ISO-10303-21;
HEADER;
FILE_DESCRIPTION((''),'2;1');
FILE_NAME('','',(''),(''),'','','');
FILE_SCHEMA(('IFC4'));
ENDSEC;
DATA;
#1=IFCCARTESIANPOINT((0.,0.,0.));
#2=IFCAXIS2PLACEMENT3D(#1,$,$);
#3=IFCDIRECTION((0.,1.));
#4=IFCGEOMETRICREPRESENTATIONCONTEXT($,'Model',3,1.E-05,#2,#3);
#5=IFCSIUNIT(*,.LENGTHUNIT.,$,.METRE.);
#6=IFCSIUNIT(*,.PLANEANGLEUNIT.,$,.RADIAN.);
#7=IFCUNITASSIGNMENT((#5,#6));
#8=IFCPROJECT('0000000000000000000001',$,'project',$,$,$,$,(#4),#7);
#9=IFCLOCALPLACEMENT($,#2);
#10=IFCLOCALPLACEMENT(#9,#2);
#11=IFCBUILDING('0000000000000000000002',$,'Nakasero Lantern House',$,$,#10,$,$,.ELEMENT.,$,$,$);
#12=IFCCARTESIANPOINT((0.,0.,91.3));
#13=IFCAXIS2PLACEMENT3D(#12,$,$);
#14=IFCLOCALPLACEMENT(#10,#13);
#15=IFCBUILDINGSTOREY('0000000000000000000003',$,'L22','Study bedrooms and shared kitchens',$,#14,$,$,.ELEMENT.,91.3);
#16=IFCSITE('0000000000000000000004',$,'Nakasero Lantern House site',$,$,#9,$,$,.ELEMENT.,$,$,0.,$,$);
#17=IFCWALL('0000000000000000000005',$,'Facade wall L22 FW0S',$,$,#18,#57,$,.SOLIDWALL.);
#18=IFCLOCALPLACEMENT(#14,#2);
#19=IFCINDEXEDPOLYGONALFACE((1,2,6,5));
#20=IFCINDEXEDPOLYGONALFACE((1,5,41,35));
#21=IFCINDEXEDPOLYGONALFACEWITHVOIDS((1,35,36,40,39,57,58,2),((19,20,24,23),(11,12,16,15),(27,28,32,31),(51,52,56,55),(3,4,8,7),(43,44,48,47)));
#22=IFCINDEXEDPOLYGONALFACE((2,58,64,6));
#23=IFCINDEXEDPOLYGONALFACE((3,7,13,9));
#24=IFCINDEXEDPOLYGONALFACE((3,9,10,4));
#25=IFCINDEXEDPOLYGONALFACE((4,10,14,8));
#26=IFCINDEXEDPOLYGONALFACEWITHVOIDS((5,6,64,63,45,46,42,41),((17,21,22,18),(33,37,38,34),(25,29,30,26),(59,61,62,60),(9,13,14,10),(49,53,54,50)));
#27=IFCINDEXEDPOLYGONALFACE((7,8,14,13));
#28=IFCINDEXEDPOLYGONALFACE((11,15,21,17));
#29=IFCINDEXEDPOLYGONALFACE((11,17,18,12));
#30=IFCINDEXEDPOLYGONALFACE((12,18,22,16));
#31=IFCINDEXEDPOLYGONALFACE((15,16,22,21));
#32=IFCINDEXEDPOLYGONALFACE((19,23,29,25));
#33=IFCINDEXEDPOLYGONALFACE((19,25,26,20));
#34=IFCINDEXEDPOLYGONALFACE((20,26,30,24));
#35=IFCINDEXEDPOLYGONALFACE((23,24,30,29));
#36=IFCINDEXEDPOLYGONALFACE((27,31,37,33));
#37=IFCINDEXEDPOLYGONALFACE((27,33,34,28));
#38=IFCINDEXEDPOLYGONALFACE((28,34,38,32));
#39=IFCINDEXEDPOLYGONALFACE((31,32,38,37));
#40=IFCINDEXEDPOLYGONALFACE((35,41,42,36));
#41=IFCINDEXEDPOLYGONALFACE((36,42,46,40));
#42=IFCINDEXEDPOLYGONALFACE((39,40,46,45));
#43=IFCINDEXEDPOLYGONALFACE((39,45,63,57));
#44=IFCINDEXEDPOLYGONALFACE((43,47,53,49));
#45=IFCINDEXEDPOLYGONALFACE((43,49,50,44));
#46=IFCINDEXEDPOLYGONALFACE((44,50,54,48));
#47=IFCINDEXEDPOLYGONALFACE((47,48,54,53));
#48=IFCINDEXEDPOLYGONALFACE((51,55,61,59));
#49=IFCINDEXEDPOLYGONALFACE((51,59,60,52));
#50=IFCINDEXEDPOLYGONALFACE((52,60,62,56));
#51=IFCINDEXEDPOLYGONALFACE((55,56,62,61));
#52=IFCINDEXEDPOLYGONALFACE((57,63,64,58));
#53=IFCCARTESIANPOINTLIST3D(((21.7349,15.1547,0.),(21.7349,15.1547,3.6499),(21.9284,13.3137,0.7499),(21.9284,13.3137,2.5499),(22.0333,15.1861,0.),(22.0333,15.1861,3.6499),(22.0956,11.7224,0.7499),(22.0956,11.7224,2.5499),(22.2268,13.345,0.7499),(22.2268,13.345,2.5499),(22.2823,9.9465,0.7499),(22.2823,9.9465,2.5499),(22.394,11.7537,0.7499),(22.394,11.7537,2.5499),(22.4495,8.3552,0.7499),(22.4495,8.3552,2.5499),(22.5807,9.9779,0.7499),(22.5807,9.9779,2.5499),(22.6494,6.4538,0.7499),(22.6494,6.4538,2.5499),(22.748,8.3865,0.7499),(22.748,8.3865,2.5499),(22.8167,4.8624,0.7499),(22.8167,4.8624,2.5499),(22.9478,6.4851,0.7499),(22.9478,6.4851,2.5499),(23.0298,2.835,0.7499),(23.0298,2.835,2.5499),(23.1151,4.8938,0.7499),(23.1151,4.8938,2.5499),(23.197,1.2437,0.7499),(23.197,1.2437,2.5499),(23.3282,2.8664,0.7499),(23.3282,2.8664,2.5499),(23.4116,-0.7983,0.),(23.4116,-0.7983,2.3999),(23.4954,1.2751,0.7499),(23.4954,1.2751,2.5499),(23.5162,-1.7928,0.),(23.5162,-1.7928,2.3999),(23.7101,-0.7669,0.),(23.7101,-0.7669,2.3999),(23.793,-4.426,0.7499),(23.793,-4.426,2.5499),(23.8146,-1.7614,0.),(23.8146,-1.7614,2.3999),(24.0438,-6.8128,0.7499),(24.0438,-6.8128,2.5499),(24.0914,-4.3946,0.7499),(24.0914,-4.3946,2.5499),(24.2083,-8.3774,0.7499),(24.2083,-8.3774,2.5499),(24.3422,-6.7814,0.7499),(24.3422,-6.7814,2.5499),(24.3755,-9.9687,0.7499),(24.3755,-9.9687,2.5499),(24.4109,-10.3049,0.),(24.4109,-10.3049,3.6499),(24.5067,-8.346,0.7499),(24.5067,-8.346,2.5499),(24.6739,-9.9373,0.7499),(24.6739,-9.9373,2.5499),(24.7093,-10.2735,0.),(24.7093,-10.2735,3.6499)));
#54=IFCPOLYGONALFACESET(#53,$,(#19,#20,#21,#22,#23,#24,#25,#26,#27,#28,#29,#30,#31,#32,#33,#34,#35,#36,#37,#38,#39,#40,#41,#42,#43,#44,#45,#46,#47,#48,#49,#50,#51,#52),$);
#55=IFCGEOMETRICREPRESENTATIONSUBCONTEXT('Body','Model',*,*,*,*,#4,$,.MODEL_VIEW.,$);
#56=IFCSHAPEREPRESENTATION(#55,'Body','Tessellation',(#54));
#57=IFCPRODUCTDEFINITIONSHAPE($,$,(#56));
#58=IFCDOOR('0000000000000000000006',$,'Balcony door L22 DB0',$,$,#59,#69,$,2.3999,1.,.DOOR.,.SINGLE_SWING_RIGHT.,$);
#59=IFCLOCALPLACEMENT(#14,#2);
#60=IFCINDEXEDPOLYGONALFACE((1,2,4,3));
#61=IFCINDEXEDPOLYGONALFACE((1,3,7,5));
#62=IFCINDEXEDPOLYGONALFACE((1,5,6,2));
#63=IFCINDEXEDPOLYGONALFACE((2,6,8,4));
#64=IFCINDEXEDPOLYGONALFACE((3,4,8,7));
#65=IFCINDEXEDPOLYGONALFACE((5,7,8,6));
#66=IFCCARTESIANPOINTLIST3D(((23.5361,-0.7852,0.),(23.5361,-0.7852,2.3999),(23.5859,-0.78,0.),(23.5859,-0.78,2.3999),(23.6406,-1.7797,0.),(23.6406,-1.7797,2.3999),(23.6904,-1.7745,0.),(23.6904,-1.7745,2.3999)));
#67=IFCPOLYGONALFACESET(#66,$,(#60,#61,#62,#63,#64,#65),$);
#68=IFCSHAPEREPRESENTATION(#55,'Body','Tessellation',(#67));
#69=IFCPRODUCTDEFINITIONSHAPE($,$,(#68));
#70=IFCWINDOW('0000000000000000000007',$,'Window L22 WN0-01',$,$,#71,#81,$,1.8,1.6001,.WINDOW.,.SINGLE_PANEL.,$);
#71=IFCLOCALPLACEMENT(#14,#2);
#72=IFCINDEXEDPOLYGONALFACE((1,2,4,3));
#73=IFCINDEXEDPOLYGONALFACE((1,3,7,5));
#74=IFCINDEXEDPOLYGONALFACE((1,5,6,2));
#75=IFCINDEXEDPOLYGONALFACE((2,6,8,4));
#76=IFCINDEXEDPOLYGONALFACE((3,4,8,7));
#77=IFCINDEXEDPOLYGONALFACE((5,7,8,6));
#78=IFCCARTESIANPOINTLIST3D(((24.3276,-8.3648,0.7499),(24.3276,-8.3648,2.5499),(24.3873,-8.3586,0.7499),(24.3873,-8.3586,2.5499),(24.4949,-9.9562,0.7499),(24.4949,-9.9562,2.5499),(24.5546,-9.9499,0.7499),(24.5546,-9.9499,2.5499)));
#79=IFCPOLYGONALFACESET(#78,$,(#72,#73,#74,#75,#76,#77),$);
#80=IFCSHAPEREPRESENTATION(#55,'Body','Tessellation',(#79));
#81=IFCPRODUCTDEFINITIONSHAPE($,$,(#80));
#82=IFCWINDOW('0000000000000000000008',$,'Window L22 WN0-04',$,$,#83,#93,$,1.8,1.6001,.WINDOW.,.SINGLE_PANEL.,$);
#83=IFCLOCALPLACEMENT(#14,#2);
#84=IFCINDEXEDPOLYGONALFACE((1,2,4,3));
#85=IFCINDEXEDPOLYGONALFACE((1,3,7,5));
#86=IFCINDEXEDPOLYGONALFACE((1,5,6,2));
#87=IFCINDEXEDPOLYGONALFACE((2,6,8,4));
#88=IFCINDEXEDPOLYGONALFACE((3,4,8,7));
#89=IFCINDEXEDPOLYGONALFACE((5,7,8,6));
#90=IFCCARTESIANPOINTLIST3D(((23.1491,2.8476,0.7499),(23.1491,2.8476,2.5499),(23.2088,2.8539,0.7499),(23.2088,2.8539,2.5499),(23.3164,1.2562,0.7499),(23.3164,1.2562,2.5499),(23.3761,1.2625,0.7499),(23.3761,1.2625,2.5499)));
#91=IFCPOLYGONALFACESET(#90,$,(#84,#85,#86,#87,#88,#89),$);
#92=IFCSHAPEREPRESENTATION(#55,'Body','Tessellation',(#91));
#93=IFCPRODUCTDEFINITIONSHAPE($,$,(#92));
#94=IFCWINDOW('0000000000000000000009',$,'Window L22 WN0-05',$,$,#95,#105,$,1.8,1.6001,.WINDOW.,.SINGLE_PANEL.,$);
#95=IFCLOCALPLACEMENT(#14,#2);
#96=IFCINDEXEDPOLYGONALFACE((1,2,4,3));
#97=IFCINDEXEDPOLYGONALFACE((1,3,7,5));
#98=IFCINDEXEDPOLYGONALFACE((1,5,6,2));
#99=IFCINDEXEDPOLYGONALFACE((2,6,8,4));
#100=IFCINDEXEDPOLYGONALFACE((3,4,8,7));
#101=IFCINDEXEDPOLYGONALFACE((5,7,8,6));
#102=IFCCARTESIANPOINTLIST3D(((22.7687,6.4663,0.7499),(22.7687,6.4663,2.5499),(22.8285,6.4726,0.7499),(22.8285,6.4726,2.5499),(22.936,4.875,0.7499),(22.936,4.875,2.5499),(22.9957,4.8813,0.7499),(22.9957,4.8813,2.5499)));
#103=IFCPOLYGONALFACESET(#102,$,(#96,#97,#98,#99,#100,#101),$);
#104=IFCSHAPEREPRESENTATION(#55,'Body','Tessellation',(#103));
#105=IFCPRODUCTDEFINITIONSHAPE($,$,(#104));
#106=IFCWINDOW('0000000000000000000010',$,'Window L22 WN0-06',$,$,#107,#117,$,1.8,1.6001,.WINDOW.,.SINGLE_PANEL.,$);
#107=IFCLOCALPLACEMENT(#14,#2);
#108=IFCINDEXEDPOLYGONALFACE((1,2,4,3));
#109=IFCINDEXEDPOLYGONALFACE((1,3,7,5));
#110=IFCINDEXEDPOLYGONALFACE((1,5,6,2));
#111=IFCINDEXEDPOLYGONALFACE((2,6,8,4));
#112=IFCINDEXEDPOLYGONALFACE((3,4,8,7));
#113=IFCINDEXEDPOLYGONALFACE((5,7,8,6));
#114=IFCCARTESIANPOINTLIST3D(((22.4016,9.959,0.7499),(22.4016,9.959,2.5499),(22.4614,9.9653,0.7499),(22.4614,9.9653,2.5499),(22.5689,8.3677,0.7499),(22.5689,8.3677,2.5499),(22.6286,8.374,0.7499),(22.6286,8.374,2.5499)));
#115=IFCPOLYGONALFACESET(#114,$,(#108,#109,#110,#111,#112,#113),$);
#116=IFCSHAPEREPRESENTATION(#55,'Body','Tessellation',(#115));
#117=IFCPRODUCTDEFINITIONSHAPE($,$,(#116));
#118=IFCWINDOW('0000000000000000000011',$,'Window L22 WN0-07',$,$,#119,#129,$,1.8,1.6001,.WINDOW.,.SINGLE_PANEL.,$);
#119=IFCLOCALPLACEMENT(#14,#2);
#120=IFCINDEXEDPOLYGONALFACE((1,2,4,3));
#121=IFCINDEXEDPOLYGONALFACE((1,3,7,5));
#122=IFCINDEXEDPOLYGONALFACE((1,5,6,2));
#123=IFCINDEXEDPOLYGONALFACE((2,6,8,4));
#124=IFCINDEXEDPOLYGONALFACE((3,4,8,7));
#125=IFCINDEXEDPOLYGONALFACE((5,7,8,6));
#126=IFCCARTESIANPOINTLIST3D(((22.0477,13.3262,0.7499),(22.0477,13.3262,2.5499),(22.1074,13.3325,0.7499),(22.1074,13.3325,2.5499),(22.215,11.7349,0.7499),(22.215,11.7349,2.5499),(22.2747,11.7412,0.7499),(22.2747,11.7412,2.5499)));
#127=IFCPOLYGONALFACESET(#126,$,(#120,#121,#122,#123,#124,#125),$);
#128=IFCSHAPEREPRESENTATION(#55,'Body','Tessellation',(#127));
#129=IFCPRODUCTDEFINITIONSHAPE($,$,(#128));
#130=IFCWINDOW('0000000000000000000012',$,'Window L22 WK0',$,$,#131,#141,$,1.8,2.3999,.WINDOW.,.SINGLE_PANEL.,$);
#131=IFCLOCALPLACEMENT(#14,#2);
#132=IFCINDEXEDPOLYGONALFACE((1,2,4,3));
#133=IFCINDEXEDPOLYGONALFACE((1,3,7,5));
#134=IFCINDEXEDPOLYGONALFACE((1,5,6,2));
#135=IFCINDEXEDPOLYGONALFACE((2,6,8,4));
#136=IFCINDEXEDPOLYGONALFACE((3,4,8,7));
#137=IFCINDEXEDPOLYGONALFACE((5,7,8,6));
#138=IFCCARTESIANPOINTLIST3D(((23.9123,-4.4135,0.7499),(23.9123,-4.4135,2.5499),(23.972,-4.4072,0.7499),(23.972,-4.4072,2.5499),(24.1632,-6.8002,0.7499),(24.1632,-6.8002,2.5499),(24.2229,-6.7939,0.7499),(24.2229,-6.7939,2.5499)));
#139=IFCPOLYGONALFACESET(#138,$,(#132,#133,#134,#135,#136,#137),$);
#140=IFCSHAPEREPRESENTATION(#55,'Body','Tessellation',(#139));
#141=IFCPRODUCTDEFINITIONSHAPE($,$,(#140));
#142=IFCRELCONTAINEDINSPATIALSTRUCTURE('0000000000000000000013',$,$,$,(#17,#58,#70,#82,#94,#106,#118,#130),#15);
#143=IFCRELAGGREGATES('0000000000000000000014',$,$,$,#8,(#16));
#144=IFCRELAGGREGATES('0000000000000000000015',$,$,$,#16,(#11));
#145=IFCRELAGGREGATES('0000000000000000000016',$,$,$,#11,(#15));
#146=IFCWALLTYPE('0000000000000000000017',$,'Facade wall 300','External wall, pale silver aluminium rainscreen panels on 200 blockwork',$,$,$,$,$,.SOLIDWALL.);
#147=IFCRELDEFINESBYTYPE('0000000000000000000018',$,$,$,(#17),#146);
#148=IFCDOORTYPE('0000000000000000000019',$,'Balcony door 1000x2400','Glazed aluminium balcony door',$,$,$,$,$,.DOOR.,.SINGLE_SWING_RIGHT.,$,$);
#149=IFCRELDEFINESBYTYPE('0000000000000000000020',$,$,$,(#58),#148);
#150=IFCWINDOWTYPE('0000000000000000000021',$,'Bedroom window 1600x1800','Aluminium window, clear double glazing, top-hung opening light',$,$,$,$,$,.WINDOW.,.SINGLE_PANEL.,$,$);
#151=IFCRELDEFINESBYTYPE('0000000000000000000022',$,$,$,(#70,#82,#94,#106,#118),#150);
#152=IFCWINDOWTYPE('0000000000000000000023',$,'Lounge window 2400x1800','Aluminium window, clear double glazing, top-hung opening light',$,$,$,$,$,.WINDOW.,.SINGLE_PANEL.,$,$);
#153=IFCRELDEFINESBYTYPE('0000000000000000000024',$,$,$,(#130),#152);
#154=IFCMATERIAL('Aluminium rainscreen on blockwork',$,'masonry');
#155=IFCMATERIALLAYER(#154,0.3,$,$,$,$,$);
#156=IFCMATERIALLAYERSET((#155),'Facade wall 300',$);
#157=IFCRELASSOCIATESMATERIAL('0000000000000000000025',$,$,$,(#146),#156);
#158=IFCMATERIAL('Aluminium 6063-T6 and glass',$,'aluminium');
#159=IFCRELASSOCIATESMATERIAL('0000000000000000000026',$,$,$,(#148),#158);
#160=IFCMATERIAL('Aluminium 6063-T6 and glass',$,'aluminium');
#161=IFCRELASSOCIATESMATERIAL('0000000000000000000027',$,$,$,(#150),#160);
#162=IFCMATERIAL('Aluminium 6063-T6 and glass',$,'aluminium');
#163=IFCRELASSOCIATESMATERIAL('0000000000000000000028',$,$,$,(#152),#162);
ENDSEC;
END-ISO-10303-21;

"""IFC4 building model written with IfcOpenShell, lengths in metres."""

from ifc_helpers import new_model, si_unit, direction, frame, frame_2d, origin, place, context, subcontext, project, spatial, rectangle, extrude, material, layer, layer_set, type_object, element, fill, save


model = new_model("IFC4")

# Units and contexts
model_context = context("Model", 3, precision=1e-05, world=origin(), true_north=direction((0.0, 1.0)))
body_context = subcontext(model_context, "Body", "Model", "MODEL_VIEW")
ifc_project = project(units=[si_unit("LENGTHUNIT", "METRE"), si_unit("PLANEANGLEUNIT", "RADIAN")], contexts=[model_context])

# Site, building, storey
site_placement = place(None, origin())
site = spatial("IfcSite", under=ifc_project, at=site_placement, Name="Nakasero Lantern House site", CompositionType="ELEMENT", RefElevation=0.0)
building_placement = place(site_placement, origin())
building = spatial("IfcBuilding", under=site, at=building_placement, Name="Nakasero Lantern House", CompositionType="ELEMENT")
storey_placement = place(building_placement, frame((0.0, 0.0, 91.3)))
storey = spatial("IfcBuildingStorey", under=building, at=storey_placement, Name="L22", Description="Study bedrooms and shared kitchens", CompositionType="ELEMENT", Elevation=91.3)

# Wall, openings, door, windows
ifc_material_1 = material(Name="Aluminium rainscreen on blockwork", Category="masonry")
ifc_layer_1 = layer(ifc_material_1, 0.3)
ifc_layer_set_1 = layer_set([ifc_layer_1], Name="Facade wall 300")
wall_type_1 = type_object("IfcWallType", Name="Facade wall 300", Description="External wall, pale silver aluminium rainscreen panels on 200 blockwork", PredefinedType="SOLIDWALL", material=ifc_layer_set_1)
wall_1_placement = place(storey_placement, frame((24.5601, -10.2891, 0.0), z_axis=(0.0, 0.0, 1.0), x_axis=(-0.104532, 0.994521, 0.0)))
wall_1 = element("IfcWall", 1, at=wall_1_placement, inside=storey, type_object=wall_type_1, Name="Facade wall L22 FW0S", PredefinedType="SOLIDWALL", context=body_context, shape_type="SweptSolid", body=[
    extrude(rectangle(XDim=25.5999, YDim=0.3, at=frame_2d((12.7998, 0.0))), origin(), (0.0, 0.0, 1.0), 3.6499),
])
opening_1_placement = place(wall_1_placement, frame((0.3379, 0.0, 0.75)))
opening_1 = element("IfcOpeningElement", 2, at=opening_1_placement, cuts=wall_1, PredefinedType="OPENING", context=body_context, shape_type="SweptSolid", body=[
    extrude(rectangle(XDim=1.6001, YDim=1.8, at=frame_2d((0.8, 0.8999))), frame((0.0, 0.1699, 0.0), z_axis=(0.0, -1.0, 0.0), x_axis=(1.0, 0.0, 0.0)), (0.0, 0.0, 1.0), 0.3401),
])
opening_2_placement = place(wall_1_placement, frame((11.6121, 0.0, 0.75)))
opening_2 = element("IfcOpeningElement", 3, at=opening_2_placement, cuts=wall_1, PredefinedType="OPENING", context=body_context, shape_type="SweptSolid", body=[
    extrude(rectangle(XDim=1.6001, YDim=1.8, at=frame_2d((0.8, 0.8999))), frame((0.0, 0.1699, 0.0), z_axis=(0.0, -1.0, 0.0), x_axis=(1.0, 0.0, 0.0)), (0.0, 0.0, 1.0), 0.3401),
])
opening_3_placement = place(wall_1_placement, frame((15.2507, 0.0, 0.75)))
opening_3 = element("IfcOpeningElement", 4, at=opening_3_placement, cuts=wall_1, PredefinedType="OPENING", context=body_context, shape_type="SweptSolid", body=[
    extrude(rectangle(XDim=1.6001, YDim=1.8, at=frame_2d((0.8, 0.8999))), frame((0.0, 0.1699, 0.0), z_axis=(0.0, -1.0, 0.0), x_axis=(1.0, 0.0, 0.0)), (0.0, 0.0, 1.0), 0.3401),
])
opening_4_placement = place(wall_1_placement, frame((18.7627, 0.0, 0.75)))
opening_4 = element("IfcOpeningElement", 5, at=opening_4_placement, cuts=wall_1, PredefinedType="OPENING", context=body_context, shape_type="SweptSolid", body=[
    extrude(rectangle(XDim=1.6001, YDim=1.8, at=frame_2d((0.8, 0.8999))), frame((0.0, 0.1699, 0.0), z_axis=(0.0, -1.0, 0.0), x_axis=(1.0, 0.0, 0.0)), (0.0, 0.0, 1.0), 0.3401),
])
opening_5_placement = place(wall_1_placement, frame((22.1484, 0.0, 0.75)))
opening_5 = element("IfcOpeningElement", 6, at=opening_5_placement, cuts=wall_1, PredefinedType="OPENING", context=body_context, shape_type="SweptSolid", body=[
    extrude(rectangle(XDim=1.6001, YDim=1.8, at=frame_2d((0.8, 0.8999))), frame((0.0, 0.1699, 0.0), z_axis=(0.0, -1.0, 0.0), x_axis=(1.0, 0.0, 0.0)), (0.0, 0.0, 1.0), 0.3401),
])
opening_6_placement = place(wall_1_placement, frame((3.5112, 0.0, 0.75)))
opening_6 = element("IfcOpeningElement", 7, at=opening_6_placement, cuts=wall_1, PredefinedType="OPENING", context=body_context, shape_type="SweptSolid", body=[
    extrude(rectangle(XDim=2.3999, YDim=1.8, at=frame_2d((1.2, 0.8999))), frame((0.0, 0.1699, 0.0), z_axis=(0.0, -1.0, 0.0), x_axis=(1.0, 0.0, 0.0)), (0.0, 0.0, 1.0), 0.3401),
])
opening_7_placement = place(wall_1_placement, frame((8.5588, 0.0, 0.0)))
opening_7 = element("IfcOpeningElement", 8, at=opening_7_placement, cuts=wall_1, PredefinedType="OPENING", context=body_context, shape_type="SweptSolid", body=[
    extrude(rectangle(XDim=1.0, YDim=2.3999, at=frame_2d((0.5, 1.2))), frame((0.0, 0.1699, 0.0), z_axis=(0.0, -1.0, 0.0), x_axis=(1.0, 0.0, 0.0)), (0.0, 0.0, 1.0), 0.3401),
])
ifc_material_2 = material(Name="Aluminium 6063-T6 and glass", Category="aluminium")
door_type_1 = type_object("IfcDoorType", Name="Balcony door 1000x2400", Description="Glazed aluminium balcony door", OperationType="SINGLE_SWING_RIGHT", PredefinedType="DOOR", material=ifc_material_2)
door_1_placement = place(opening_7_placement, origin())
door_1 = element("IfcDoor", 9, at=door_1_placement, inside=storey, type_object=door_type_1, Name="Balcony door L22 DB0", OperationType="SINGLE_SWING_RIGHT", OverallHeight=2.3999, OverallWidth=1.0, PredefinedType="DOOR", context=body_context, shape_type="SweptSolid", body=[
    extrude(rectangle(XDim=1.0, YDim=2.3999, at=frame_2d((0.5, 1.2))), frame((0.0, 0.0249, 0.0), z_axis=(0.0, -1.0, 0.0), x_axis=(1.0, 0.0, 0.0)), (0.0, 0.0, 1.0), 0.05),
])
fill(opening_7, door_1)
ifc_material_3 = material(Name="Aluminium 6063-T6 and glass", Category="aluminium")
window_type_1 = type_object("IfcWindowType", Name="Bedroom window 1600x1800", Description="Aluminium window, clear double glazing, top-hung opening light", PartitioningType="SINGLE_PANEL", PredefinedType="WINDOW", material=ifc_material_3)
window_1_placement = place(opening_1_placement, origin())
window_1 = element("IfcWindow", 10, at=window_1_placement, inside=storey, type_object=window_type_1, Name="Window L22 WN0-01", OverallHeight=1.8, OverallWidth=1.6001, PartitioningType="SINGLE_PANEL", PredefinedType="WINDOW", context=body_context, shape_type="SweptSolid", body=[
    extrude(rectangle(XDim=1.6001, YDim=1.8, at=frame_2d((0.8, 0.8999))), frame((0.0, 0.03, 0.0), z_axis=(0.0, -1.0, 0.0), x_axis=(1.0, 0.0, 0.0)), (0.0, 0.0, 1.0), 0.0601),
])
fill(opening_1, window_1)
window_2_placement = place(opening_2_placement, origin())
window_2 = element("IfcWindow", 11, at=window_2_placement, inside=storey, type_object=window_type_1, Name="Window L22 WN0-04", OverallHeight=1.8, OverallWidth=1.6001, PartitioningType="SINGLE_PANEL", PredefinedType="WINDOW", context=body_context, shape_type="SweptSolid", body=[
    extrude(rectangle(XDim=1.6001, YDim=1.8, at=frame_2d((0.8, 0.8999))), frame((0.0, 0.03, 0.0), z_axis=(0.0, -1.0, 0.0), x_axis=(1.0, 0.0, 0.0)), (0.0, 0.0, 1.0), 0.0601),
])
fill(opening_2, window_2)
window_3_placement = place(opening_3_placement, origin())
window_3 = element("IfcWindow", 12, at=window_3_placement, inside=storey, type_object=window_type_1, Name="Window L22 WN0-05", OverallHeight=1.8, OverallWidth=1.6001, PartitioningType="SINGLE_PANEL", PredefinedType="WINDOW", context=body_context, shape_type="SweptSolid", body=[
    extrude(rectangle(XDim=1.6001, YDim=1.8, at=frame_2d((0.8, 0.8999))), frame((0.0, 0.03, 0.0), z_axis=(0.0, -1.0, 0.0), x_axis=(1.0, 0.0, 0.0)), (0.0, 0.0, 1.0), 0.0601),
])
fill(opening_3, window_3)
window_4_placement = place(opening_4_placement, origin())
window_4 = element("IfcWindow", 13, at=window_4_placement, inside=storey, type_object=window_type_1, Name="Window L22 WN0-06", OverallHeight=1.8, OverallWidth=1.6001, PartitioningType="SINGLE_PANEL", PredefinedType="WINDOW", context=body_context, shape_type="SweptSolid", body=[
    extrude(rectangle(XDim=1.6001, YDim=1.8, at=frame_2d((0.8, 0.8999))), frame((0.0, 0.03, 0.0), z_axis=(0.0, -1.0, 0.0), x_axis=(1.0, 0.0, 0.0)), (0.0, 0.0, 1.0), 0.0601),
])
fill(opening_4, window_4)
window_5_placement = place(opening_5_placement, origin())
window_5 = element("IfcWindow", 14, at=window_5_placement, inside=storey, type_object=window_type_1, Name="Window L22 WN0-07", OverallHeight=1.8, OverallWidth=1.6001, PartitioningType="SINGLE_PANEL", PredefinedType="WINDOW", context=body_context, shape_type="SweptSolid", body=[
    extrude(rectangle(XDim=1.6001, YDim=1.8, at=frame_2d((0.8, 0.8999))), frame((0.0, 0.03, 0.0), z_axis=(0.0, -1.0, 0.0), x_axis=(1.0, 0.0, 0.0)), (0.0, 0.0, 1.0), 0.0601),
])
fill(opening_5, window_5)
ifc_material_4 = material(Name="Aluminium 6063-T6 and glass", Category="aluminium")
window_type_2 = type_object("IfcWindowType", Name="Lounge window 2400x1800", Description="Aluminium window, clear double glazing, top-hung opening light", PartitioningType="SINGLE_PANEL", PredefinedType="WINDOW", material=ifc_material_4)
window_6_placement = place(opening_6_placement, origin())
window_6 = element("IfcWindow", 15, at=window_6_placement, inside=storey, type_object=window_type_2, Name="Window L22 WK0", OverallHeight=1.8, OverallWidth=2.3999, PartitioningType="SINGLE_PANEL", PredefinedType="WINDOW", context=body_context, shape_type="SweptSolid", body=[
    extrude(rectangle(XDim=2.3999, YDim=1.8, at=frame_2d((1.2, 0.8999))), frame((0.0, 0.03, 0.0), z_axis=(0.0, -1.0, 0.0), x_axis=(1.0, 0.0, 0.0)), (0.0, 0.0, 1.0), 0.0601),
])
fill(opening_6, window_6)

save(model, "model.ifc")
